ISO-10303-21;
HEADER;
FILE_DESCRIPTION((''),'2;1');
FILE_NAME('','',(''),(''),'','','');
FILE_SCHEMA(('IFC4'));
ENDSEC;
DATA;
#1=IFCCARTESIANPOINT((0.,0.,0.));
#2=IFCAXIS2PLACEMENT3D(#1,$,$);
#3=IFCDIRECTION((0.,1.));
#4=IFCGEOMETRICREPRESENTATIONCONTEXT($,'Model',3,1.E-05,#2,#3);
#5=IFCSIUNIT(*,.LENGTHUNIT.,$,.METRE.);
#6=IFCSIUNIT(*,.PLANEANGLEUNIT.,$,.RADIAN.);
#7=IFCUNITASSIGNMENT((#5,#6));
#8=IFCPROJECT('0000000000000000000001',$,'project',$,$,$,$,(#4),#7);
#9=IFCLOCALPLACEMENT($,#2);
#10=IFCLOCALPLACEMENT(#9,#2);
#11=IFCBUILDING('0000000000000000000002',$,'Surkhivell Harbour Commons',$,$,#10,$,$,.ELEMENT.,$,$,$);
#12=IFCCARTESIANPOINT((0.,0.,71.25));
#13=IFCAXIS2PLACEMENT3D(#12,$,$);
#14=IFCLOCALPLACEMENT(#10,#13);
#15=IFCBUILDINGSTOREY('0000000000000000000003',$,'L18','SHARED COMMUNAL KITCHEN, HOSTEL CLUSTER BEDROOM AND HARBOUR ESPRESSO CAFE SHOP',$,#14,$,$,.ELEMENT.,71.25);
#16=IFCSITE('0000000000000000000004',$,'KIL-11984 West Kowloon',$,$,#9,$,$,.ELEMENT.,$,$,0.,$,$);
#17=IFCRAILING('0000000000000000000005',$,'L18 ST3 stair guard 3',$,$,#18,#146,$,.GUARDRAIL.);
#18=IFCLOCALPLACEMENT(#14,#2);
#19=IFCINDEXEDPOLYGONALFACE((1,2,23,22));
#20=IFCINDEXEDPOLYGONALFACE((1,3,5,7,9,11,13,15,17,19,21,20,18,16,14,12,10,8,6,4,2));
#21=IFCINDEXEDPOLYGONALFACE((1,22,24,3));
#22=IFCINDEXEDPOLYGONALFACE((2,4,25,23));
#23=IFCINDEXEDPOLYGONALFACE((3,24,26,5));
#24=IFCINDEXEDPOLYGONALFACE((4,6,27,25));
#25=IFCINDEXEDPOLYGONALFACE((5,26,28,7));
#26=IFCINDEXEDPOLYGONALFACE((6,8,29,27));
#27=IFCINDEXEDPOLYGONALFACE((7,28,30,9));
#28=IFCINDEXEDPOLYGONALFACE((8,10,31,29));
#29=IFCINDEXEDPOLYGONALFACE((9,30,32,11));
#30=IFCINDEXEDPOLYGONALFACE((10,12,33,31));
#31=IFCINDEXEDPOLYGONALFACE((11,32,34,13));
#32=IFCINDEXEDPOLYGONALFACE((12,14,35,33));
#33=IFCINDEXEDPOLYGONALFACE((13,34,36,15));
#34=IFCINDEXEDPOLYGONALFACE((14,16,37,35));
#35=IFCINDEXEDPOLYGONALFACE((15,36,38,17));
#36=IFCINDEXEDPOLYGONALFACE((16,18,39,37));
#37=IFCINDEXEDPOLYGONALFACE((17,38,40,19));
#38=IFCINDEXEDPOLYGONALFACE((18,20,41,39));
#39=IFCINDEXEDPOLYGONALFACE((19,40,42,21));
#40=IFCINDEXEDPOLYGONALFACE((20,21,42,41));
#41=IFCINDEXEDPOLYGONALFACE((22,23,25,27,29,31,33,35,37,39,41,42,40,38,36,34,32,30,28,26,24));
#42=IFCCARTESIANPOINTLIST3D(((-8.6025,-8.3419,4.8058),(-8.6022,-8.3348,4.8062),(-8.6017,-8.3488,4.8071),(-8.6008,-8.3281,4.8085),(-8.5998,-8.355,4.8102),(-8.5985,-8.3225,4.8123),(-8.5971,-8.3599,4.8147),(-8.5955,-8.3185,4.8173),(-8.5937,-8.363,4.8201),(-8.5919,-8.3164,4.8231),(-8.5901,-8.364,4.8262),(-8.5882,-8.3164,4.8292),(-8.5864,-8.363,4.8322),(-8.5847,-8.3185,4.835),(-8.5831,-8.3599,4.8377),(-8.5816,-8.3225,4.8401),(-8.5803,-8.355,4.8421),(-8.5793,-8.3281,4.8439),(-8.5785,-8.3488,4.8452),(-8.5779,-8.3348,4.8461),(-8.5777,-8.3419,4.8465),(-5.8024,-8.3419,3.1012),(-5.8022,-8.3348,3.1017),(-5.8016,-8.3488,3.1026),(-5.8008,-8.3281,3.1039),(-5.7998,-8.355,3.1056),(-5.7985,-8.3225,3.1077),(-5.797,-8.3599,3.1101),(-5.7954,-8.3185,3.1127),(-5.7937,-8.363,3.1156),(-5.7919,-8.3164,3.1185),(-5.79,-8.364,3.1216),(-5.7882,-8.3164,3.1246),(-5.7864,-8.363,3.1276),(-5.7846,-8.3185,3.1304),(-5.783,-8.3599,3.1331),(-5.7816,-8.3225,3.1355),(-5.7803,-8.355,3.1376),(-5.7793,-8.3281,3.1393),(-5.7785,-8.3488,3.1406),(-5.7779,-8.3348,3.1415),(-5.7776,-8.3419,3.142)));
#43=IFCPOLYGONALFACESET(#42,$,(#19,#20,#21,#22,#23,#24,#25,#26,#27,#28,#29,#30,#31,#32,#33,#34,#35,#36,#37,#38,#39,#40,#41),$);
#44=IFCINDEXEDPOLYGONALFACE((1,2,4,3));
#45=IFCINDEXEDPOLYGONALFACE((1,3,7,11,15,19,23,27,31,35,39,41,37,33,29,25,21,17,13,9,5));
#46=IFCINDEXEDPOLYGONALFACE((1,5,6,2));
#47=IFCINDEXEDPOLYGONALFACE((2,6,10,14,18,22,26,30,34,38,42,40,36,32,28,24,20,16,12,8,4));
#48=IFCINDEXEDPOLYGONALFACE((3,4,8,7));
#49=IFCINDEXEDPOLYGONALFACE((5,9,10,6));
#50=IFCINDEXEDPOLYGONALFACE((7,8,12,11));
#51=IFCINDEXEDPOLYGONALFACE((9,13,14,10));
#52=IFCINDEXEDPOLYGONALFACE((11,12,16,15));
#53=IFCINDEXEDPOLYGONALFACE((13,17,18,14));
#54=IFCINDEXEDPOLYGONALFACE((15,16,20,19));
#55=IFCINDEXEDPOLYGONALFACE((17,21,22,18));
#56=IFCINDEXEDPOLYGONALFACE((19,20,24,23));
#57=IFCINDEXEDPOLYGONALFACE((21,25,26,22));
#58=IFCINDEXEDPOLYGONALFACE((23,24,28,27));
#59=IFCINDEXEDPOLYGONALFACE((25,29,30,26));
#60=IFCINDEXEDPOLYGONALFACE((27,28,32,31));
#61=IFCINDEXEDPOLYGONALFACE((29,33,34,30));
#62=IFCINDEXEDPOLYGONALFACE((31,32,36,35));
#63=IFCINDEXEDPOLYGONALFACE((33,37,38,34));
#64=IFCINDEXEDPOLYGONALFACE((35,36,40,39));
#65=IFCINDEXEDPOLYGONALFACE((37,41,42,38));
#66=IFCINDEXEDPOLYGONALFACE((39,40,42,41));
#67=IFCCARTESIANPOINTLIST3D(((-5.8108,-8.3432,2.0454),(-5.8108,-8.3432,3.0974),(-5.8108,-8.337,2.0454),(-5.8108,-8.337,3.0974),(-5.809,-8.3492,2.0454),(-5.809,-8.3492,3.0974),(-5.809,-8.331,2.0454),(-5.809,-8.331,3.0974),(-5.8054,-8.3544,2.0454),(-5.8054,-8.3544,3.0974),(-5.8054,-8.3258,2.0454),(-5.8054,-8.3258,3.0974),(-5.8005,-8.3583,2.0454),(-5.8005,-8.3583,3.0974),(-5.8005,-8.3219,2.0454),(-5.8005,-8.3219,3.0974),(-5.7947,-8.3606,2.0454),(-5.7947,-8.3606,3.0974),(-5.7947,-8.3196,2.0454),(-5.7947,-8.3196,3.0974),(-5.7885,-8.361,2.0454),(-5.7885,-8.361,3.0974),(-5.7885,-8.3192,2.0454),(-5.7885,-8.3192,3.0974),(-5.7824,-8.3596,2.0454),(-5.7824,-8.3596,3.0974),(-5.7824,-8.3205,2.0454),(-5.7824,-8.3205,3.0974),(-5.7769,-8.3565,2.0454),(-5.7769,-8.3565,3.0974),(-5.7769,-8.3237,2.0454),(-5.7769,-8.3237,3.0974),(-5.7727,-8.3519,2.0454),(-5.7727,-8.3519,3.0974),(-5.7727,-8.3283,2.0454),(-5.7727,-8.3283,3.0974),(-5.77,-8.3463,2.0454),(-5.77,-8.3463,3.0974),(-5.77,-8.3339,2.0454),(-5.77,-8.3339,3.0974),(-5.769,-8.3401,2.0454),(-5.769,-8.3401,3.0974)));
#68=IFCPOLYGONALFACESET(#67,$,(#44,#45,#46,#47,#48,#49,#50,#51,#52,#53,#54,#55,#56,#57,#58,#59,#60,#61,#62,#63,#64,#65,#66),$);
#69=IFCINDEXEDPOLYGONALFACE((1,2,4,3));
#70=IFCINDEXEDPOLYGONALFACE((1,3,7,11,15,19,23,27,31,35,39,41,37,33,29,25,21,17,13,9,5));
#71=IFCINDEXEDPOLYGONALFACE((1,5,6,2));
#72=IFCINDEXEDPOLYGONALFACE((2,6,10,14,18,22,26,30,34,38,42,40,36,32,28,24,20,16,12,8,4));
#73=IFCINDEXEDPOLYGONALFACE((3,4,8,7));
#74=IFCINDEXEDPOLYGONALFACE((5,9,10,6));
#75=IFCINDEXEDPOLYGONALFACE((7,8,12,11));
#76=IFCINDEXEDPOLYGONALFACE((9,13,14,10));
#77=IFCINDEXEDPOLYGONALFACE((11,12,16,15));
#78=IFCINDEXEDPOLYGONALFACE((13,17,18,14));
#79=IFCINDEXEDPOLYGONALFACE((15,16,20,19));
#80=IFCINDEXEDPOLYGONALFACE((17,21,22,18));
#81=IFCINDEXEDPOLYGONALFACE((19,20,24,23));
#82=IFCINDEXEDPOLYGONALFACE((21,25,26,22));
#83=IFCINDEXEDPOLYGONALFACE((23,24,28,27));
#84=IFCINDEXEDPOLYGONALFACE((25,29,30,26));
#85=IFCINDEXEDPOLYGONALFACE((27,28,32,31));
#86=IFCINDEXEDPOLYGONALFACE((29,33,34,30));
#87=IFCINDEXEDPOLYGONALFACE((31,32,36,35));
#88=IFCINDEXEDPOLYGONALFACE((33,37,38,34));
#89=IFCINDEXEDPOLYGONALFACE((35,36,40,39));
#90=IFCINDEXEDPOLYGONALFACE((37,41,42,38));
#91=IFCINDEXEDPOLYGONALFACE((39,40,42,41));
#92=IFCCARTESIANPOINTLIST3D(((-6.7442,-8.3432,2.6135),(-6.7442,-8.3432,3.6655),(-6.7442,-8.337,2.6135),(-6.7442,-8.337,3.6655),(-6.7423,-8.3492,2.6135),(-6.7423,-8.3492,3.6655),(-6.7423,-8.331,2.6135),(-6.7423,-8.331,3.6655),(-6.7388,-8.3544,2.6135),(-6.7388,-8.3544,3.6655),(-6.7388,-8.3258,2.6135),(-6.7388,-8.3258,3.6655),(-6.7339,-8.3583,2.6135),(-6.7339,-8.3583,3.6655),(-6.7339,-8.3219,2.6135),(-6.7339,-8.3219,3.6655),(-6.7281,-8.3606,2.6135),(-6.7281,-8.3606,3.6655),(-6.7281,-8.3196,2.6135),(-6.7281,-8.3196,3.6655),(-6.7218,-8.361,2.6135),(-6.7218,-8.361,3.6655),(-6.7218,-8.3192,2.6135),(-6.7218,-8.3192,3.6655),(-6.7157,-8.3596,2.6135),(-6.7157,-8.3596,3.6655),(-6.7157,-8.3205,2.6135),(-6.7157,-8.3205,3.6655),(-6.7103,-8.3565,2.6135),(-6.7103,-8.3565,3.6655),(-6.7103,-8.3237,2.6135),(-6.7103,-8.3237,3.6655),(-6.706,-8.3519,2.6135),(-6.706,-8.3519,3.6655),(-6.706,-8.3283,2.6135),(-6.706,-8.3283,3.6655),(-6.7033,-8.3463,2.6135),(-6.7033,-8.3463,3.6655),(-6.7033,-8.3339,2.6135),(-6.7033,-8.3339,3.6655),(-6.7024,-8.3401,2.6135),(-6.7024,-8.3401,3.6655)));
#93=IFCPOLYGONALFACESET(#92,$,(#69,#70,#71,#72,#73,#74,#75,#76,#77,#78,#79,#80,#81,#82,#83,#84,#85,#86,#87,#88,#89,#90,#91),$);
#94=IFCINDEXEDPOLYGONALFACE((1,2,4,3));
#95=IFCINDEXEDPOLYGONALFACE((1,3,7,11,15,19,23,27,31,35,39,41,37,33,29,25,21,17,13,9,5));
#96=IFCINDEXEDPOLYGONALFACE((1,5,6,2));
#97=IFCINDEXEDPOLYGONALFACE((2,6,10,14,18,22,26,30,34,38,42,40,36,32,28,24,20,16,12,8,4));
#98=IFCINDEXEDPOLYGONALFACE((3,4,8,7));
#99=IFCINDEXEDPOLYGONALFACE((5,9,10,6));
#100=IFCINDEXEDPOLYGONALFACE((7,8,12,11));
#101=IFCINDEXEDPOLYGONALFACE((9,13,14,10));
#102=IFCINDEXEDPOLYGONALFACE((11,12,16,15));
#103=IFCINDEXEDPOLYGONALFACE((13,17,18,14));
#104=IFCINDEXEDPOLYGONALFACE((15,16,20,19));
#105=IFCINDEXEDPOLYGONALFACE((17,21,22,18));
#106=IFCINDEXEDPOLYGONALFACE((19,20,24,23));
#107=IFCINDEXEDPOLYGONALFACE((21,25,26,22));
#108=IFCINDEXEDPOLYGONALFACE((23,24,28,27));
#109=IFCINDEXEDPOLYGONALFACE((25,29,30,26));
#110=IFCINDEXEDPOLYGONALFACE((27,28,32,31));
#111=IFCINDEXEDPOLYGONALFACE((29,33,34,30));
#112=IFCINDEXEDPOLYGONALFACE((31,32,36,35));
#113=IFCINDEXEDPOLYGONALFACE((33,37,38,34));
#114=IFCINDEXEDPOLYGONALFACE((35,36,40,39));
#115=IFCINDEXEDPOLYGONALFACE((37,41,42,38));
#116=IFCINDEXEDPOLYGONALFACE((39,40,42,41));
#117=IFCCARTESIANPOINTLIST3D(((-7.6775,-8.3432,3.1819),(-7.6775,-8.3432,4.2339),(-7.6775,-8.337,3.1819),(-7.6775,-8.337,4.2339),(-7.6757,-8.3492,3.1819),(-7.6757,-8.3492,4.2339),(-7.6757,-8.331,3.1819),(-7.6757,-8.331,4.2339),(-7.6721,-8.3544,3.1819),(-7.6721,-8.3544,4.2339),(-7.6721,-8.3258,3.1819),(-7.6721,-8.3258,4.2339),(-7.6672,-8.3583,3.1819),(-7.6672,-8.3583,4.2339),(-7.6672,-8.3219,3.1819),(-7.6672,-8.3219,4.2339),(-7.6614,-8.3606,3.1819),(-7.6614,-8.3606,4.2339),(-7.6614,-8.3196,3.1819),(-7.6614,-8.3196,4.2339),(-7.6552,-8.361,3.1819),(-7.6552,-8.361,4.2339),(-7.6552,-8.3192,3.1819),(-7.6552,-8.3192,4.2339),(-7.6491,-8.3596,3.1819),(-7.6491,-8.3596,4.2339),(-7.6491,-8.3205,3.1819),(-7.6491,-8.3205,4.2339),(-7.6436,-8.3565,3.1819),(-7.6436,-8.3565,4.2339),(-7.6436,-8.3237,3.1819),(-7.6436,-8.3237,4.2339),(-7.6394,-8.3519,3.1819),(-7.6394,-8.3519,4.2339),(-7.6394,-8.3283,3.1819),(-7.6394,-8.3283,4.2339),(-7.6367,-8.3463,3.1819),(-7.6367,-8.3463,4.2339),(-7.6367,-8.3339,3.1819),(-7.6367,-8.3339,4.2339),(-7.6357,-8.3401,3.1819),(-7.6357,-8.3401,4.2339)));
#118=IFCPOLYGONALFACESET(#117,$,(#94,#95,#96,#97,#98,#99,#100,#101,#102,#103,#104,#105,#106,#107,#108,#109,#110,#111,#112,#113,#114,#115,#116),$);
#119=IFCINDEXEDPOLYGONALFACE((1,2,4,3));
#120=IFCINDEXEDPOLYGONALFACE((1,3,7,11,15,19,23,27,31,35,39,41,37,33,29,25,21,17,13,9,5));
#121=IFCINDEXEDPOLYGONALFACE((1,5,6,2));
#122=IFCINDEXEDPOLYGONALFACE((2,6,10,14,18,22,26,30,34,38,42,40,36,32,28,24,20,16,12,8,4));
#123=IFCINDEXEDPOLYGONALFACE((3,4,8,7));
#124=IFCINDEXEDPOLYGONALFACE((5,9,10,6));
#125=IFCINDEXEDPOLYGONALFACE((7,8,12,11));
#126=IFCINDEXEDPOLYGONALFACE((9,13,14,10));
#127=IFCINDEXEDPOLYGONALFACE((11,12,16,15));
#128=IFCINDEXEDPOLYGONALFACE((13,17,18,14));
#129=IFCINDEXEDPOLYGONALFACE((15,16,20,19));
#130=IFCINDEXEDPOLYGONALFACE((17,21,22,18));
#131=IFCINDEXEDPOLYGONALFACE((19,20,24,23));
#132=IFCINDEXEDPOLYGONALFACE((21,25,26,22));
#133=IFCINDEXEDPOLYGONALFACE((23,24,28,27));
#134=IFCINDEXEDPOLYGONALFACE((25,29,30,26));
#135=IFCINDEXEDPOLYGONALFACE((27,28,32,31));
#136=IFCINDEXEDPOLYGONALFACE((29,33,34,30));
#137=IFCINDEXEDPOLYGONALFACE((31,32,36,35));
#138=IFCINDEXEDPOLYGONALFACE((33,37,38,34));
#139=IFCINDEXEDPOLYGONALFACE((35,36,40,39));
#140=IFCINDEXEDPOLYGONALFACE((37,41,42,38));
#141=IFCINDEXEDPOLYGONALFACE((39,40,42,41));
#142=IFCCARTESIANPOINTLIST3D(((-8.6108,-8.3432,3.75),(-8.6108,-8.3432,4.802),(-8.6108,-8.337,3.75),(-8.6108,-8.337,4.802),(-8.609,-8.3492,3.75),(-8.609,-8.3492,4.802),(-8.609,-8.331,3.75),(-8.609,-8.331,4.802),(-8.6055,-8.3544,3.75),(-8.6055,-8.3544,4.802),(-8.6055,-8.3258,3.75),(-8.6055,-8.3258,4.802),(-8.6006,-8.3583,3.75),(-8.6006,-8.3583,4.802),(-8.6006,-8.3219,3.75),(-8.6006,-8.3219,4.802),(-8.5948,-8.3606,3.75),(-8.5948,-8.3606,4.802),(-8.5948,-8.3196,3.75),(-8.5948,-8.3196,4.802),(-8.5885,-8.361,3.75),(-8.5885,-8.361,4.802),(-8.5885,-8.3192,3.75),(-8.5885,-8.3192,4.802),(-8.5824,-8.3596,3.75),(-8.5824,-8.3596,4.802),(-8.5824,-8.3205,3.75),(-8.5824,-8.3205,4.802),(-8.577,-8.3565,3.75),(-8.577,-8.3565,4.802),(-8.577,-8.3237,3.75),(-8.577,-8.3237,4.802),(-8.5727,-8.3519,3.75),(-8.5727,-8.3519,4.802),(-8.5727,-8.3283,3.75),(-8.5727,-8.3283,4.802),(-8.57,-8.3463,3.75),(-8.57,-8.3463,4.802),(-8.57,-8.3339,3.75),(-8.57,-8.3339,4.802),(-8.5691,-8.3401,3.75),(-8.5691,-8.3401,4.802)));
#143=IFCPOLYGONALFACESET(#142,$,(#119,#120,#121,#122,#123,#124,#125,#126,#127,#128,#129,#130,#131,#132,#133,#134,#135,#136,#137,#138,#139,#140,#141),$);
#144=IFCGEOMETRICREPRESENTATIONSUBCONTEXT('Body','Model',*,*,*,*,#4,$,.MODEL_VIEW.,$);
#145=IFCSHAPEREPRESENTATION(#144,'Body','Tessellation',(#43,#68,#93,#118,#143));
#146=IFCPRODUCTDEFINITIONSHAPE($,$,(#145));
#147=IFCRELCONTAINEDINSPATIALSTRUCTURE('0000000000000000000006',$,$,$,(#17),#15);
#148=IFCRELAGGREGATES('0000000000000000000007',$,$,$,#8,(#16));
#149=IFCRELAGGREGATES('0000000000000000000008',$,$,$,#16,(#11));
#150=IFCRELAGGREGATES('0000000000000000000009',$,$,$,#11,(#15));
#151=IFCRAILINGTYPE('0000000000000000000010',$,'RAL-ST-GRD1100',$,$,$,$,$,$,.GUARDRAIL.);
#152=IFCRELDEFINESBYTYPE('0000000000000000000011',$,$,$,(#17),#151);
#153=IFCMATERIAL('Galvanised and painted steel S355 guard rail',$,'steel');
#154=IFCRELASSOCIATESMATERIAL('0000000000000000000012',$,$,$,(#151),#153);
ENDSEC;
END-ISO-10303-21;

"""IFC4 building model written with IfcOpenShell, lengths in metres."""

from ifc_helpers import new_model, si_unit, direction, frame, origin, origin_2d, place, context, subcontext, project, spatial, circle, extrude, material, type_object, element, save


model = new_model("IFC4")

# Units and contexts
model_context = context("Model", 3, precision=1e-05, world=origin(), true_north=direction((0.0, 1.0)))
body_context = subcontext(model_context, "Body", "Model", "MODEL_VIEW")
ifc_project = project(units=[si_unit("LENGTHUNIT", "METRE"), si_unit("PLANEANGLEUNIT", "RADIAN")], contexts=[model_context])

# Site, building, storey
site_placement = place(None, origin())
site = spatial("IfcSite", under=ifc_project, at=site_placement, Name="KIL-11984 West Kowloon", CompositionType="ELEMENT", RefElevation=0.0)
building_placement = place(site_placement, origin())
building = spatial("IfcBuilding", under=site, at=building_placement, Name="Surkhivell Harbour Commons", CompositionType="ELEMENT")
storey_placement = place(building_placement, frame((0.0, 0.0, 71.25)))
storey = spatial("IfcBuildingStorey", under=building, at=storey_placement, Name="L18", Description="SHARED COMMUNAL KITCHEN, HOSTEL CLUSTER BEDROOM AND HARBOUR ESPRESSO CAFE SHOP", CompositionType="ELEMENT", Elevation=71.25)

# Railing
ifc_material_1 = material(Name="Galvanised and painted steel S355 guard rail", Category="steel")
railing_type_1 = type_object("IfcRailingType", Name="RAL-ST-GRD1100", PredefinedType="GUARDRAIL", material=ifc_material_1)
railing_1_placement = place(storey_placement, frame((-5.79, -8.3401, 2.0454)))
element("IfcRailing", 1, at=railing_1_placement, inside=storey, type_object=railing_type_1, Name="L18 ST3 stair guard 3", PredefinedType="GUARDRAIL", context=body_context, shape_type="SweptSolid", body=[
    extrude(circle(Radius=0.0239, at=origin_2d()), frame((0.0, 0.0, 1.0762), z_axis=(-0.85417, 0.0, 0.519994), x_axis=(0.0, -1.0, 0.0)), (0.0, 0.0, 1.0), 3.2781),
    extrude(circle(Radius=0.021, at=origin_2d()), origin(), (0.0, 0.0, 1.0), 1.052),
    extrude(circle(Radius=0.021, at=origin_2d()), frame((-0.9333, 0.0, 0.5681)), (0.0, 0.0, 1.0), 1.052),
    extrude(circle(Radius=0.021, at=origin_2d()), frame((-1.8667, 0.0, 1.1365)), (0.0, 0.0, 1.0), 1.052),
    extrude(circle(Radius=0.021, at=origin_2d()), frame((-2.8, 0.0, 1.7046)), (0.0, 0.0, 1.0), 1.052),
])

save(model, "model.ifc")
